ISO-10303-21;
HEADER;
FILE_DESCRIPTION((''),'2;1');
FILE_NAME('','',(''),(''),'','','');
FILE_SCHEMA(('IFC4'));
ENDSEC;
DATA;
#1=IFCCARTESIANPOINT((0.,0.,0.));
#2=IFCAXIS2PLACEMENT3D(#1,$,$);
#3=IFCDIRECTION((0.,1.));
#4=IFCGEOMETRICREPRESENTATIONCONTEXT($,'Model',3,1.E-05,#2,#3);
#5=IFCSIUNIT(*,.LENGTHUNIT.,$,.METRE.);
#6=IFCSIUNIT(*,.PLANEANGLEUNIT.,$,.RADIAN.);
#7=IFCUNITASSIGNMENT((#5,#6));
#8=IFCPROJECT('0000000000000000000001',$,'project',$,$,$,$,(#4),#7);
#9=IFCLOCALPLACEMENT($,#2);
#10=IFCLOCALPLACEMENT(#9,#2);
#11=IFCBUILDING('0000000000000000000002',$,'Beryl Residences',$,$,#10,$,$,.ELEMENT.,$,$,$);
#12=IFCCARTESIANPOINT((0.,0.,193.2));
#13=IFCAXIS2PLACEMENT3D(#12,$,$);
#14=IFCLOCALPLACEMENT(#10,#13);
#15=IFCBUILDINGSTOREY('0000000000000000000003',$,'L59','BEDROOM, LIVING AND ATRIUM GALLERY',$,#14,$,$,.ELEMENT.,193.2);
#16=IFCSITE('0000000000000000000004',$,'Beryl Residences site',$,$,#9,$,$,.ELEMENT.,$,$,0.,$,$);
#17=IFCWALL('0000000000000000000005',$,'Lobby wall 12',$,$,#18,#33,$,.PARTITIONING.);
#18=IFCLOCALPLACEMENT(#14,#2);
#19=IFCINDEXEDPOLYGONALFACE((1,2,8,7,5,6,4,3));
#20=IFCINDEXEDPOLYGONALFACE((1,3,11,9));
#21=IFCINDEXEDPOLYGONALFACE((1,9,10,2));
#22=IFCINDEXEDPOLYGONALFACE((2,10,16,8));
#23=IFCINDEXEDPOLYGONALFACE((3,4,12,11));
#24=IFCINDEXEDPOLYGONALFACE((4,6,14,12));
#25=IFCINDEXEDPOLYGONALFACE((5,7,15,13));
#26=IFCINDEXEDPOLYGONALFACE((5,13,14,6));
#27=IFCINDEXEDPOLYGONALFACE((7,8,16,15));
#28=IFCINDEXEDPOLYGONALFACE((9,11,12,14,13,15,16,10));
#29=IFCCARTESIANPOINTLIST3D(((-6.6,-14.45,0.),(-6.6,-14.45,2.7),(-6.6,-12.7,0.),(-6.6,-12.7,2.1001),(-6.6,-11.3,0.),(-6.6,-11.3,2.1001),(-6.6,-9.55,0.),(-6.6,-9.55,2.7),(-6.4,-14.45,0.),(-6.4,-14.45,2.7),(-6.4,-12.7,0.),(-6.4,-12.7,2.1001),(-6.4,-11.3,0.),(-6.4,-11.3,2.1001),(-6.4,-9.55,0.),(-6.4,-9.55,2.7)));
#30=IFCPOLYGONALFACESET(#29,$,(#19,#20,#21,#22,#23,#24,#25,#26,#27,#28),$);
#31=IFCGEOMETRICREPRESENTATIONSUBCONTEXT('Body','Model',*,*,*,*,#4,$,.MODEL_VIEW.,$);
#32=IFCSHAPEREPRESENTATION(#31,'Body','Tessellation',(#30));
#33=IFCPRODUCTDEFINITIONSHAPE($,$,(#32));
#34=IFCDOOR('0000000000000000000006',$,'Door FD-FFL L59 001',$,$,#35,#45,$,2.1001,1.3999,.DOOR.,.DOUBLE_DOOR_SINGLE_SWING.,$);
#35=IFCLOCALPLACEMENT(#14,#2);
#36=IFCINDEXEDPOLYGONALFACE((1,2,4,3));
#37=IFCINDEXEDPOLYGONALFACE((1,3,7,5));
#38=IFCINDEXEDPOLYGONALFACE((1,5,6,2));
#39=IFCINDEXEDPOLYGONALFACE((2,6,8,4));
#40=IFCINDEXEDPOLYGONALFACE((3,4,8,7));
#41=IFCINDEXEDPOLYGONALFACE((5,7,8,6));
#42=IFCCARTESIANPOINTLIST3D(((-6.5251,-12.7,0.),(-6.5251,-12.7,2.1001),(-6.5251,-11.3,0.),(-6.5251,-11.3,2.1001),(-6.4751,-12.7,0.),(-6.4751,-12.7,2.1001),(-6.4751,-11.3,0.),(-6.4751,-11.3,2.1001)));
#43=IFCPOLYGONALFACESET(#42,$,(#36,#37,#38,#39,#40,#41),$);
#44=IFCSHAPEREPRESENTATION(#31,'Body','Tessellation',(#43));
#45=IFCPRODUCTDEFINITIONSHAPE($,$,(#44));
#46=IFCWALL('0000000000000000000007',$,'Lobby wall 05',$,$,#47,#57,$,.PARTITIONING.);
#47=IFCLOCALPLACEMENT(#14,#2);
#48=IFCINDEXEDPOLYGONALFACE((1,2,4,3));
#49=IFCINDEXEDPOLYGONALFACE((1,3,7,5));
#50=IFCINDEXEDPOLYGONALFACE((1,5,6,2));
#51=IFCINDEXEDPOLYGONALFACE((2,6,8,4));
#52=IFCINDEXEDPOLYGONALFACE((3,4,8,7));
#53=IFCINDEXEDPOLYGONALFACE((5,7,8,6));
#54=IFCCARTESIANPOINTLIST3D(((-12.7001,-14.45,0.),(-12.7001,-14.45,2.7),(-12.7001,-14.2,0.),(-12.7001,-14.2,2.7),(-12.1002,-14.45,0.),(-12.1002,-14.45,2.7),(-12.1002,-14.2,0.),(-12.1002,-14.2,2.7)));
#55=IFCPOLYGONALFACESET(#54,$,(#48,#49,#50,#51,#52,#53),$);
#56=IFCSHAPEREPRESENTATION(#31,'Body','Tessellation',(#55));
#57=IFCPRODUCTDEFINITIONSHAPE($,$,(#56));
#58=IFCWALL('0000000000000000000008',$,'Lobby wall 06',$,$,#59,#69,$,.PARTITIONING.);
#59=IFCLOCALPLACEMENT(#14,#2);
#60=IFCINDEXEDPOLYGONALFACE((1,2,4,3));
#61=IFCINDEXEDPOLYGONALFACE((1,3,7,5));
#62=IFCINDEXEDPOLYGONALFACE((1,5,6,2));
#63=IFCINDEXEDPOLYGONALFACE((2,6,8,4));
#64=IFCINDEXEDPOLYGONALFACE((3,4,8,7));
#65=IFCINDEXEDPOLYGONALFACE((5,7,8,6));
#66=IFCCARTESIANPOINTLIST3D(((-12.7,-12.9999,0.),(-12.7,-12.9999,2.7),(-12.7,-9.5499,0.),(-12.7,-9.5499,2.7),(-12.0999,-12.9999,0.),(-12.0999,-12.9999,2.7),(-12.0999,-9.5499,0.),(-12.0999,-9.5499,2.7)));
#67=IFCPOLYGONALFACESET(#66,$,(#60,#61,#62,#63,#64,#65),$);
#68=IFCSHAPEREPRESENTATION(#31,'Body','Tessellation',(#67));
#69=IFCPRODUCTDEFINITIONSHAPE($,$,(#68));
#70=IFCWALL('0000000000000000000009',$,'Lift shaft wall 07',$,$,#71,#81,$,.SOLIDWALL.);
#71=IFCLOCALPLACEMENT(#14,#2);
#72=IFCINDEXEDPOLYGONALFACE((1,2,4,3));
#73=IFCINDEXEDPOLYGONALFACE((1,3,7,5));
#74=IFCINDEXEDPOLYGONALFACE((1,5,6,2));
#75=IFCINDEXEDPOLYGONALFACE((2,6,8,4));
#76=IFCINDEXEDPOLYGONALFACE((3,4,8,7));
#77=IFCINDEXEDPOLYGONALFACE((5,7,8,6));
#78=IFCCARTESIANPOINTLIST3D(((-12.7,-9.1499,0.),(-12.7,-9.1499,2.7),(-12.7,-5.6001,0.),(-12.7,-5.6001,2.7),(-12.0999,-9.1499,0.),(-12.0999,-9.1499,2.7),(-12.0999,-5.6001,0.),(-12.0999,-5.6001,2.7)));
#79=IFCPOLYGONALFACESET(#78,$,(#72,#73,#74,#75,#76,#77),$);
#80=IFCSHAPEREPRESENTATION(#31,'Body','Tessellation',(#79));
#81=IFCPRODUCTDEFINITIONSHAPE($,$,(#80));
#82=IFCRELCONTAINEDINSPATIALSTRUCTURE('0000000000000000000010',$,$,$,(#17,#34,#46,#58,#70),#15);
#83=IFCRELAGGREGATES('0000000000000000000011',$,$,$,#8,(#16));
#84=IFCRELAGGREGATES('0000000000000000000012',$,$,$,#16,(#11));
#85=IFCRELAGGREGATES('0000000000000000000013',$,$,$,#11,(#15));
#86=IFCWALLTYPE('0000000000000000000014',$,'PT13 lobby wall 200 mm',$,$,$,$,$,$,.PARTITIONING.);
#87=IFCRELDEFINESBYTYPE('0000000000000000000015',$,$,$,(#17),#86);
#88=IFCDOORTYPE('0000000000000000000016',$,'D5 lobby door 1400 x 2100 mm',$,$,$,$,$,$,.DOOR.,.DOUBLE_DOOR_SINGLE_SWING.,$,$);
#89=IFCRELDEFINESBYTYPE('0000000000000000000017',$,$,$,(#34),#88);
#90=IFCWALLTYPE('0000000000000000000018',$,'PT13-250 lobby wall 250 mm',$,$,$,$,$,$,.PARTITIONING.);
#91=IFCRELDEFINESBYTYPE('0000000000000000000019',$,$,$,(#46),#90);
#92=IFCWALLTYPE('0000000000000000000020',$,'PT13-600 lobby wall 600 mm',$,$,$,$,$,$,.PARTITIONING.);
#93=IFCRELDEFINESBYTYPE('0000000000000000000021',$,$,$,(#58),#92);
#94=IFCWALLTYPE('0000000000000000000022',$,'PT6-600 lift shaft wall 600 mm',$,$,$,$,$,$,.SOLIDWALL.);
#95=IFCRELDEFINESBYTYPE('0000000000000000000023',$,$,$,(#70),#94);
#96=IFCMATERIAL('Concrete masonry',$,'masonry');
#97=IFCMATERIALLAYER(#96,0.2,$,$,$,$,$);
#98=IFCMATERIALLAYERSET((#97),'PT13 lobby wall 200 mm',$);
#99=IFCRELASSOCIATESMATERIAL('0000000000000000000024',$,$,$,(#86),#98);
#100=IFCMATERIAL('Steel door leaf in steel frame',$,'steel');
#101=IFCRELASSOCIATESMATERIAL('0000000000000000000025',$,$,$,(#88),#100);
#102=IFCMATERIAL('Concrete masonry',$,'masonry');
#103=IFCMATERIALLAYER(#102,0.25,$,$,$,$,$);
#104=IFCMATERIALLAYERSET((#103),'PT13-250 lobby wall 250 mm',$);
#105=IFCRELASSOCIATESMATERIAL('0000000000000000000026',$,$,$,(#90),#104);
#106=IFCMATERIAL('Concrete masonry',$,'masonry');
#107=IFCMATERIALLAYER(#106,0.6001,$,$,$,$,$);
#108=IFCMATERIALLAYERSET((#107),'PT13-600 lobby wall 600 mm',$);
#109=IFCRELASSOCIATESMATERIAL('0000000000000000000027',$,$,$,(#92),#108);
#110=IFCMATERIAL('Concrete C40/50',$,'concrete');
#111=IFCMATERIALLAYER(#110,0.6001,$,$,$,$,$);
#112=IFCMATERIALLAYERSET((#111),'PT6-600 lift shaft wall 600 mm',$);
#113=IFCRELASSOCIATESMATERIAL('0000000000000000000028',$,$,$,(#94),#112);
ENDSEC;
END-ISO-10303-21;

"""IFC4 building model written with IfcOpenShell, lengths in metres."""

from ifc_helpers import new_model, si_unit, direction, frame, frame_2d, origin, place, context, subcontext, project, spatial, rectangle, extrude, material, layer, layer_set, type_object, element, fill, save


model = new_model("IFC4")

# Units and contexts
model_context = context("Model", 3, precision=1e-05, world=origin(), true_north=direction((0.0, 1.0)))
body_context = subcontext(model_context, "Body", "Model", "MODEL_VIEW")
ifc_project = project(units=[si_unit("LENGTHUNIT", "METRE"), si_unit("PLANEANGLEUNIT", "RADIAN")], contexts=[model_context])

# Site, building, storey
site_placement = place(None, origin())
site = spatial("IfcSite", under=ifc_project, at=site_placement, Name="Beryl Residences site", CompositionType="ELEMENT", RefElevation=0.0)
building_placement = place(site_placement, origin())
building = spatial("IfcBuilding", under=site, at=building_placement, Name="Beryl Residences", CompositionType="ELEMENT")
storey_placement = place(building_placement, frame((0.0, 0.0, 193.2)))
storey = spatial("IfcBuildingStorey", under=building, at=storey_placement, Name="L59", Description="BEDROOM, LIVING AND ATRIUM GALLERY", CompositionType="ELEMENT", Elevation=193.2)

# Wall, opening, door
ifc_material_1 = material(Name="Concrete masonry", Category="masonry")
ifc_layer_1 = layer(ifc_material_1, 0.2)
ifc_layer_set_1 = layer_set([ifc_layer_1], Name="PT13 lobby wall 200 mm")
wall_type_1 = type_object("IfcWallType", Name="PT13 lobby wall 200 mm", PredefinedType="PARTITIONING", material=ifc_layer_set_1)
wall_1_placement = place(storey_placement, frame((-6.5, -14.45, 0.0), z_axis=(0.0, 0.0, 1.0), x_axis=(0.0, 1.0, 0.0)))
wall_1 = element("IfcWall", 1, at=wall_1_placement, inside=storey, type_object=wall_type_1, Name="Lobby wall 12", PredefinedType="PARTITIONING", context=body_context, shape_type="SweptSolid", body=[
    extrude(rectangle(XDim=4.8999, YDim=0.2, at=frame_2d((2.45, 0.0))), origin(), (0.0, 0.0, 1.0), 2.7),
])
opening_1_placement = place(wall_1_placement, frame((3.1499, 0.0, 0.0), z_axis=(0.0, 0.0, 1.0), x_axis=(-1.0, 0.0, 0.0)))
opening_1 = element("IfcOpeningElement", 2, at=opening_1_placement, cuts=wall_1, PredefinedType="OPENING", context=body_context, shape_type="SweptSolid", body=[
    extrude(rectangle(XDim=1.3999, YDim=2.1001, at=frame_2d((0.7, 1.05))), frame((0.0, 0.1099, 0.0), z_axis=(0.0, -1.0, 0.0), x_axis=(1.0, 0.0, 0.0)), (0.0, 0.0, 1.0), 0.22),
])
ifc_material_2 = material(Name="Steel door leaf in steel frame", Category="steel")
door_type_1 = type_object("IfcDoorType", Name="D5 lobby door 1400 x 2100 mm", OperationType="DOUBLE_DOOR_SINGLE_SWING", PredefinedType="DOOR", material=ifc_material_2)
door_1_placement = place(opening_1_placement, origin())
door_1 = element("IfcDoor", 3, at=door_1_placement, inside=storey, type_object=door_type_1, Name="Door FD-FFL L59 001", OperationType="DOUBLE_DOOR_SINGLE_SWING", OverallHeight=2.1001, OverallWidth=1.3999, PredefinedType="DOOR", context=body_context, shape_type="SweptSolid", body=[
    extrude(rectangle(XDim=1.3999, YDim=2.1001, at=frame_2d((0.7, 1.05))), frame((0.0, 0.0249, 0.0), z_axis=(0.0, -1.0, 0.0), x_axis=(1.0, 0.0, 0.0)), (0.0, 0.0, 1.0), 0.05),
])
fill(opening_1, door_1)

# Walls
ifc_material_3 = material(Name="Concrete masonry", Category="masonry")
ifc_layer_2 = layer(ifc_material_3, 0.25)
ifc_layer_set_2 = layer_set([ifc_layer_2], Name="PT13-250 lobby wall 250 mm")
wall_type_2 = type_object("IfcWallType", Name="PT13-250 lobby wall 250 mm", PredefinedType="PARTITIONING", material=ifc_layer_set_2)
wall_2_placement = place(storey_placement, frame((-12.7, -14.325, 0.0), z_axis=(0.0, 0.0, 1.0), x_axis=(1.0, 0.0, 0.0)))
element("IfcWall", 4, at=wall_2_placement, inside=storey, type_object=wall_type_2, Name="Lobby wall 05", PredefinedType="PARTITIONING", context=body_context, shape_type="SweptSolid", body=[
    extrude(rectangle(XDim=0.5999, YDim=0.25, at=frame_2d((0.2998, 0.0))), origin(), (0.0, 0.0, 1.0), 2.7),
])
ifc_material_4 = material(Name="Concrete masonry", Category="masonry")
ifc_layer_3 = layer(ifc_material_4, 0.6001)
ifc_layer_set_3 = layer_set([ifc_layer_3], Name="PT13-600 lobby wall 600 mm")
wall_type_3 = type_object("IfcWallType", Name="PT13-600 lobby wall 600 mm", PredefinedType="PARTITIONING", material=ifc_layer_set_3)
wall_3_placement = place(storey_placement, frame((-12.3999, -13.0, 0.0), z_axis=(0.0, 0.0, 1.0), x_axis=(0.0, 1.0, 0.0)))
element("IfcWall", 5, at=wall_3_placement, inside=storey, type_object=wall_type_3, Name="Lobby wall 06", PredefinedType="PARTITIONING", context=body_context, shape_type="SweptSolid", body=[
    extrude(rectangle(XDim=3.45, YDim=0.6001, at=frame_2d((1.7251, 0.0))), origin(), (0.0, 0.0, 1.0), 2.7),
])
ifc_material_5 = material(Name="Concrete C40/50", Category="concrete")
ifc_layer_4 = layer(ifc_material_5, 0.6001)
ifc_layer_set_4 = layer_set([ifc_layer_4], Name="PT6-600 lift shaft wall 600 mm")
wall_type_4 = type_object("IfcWallType", Name="PT6-600 lift shaft wall 600 mm", PredefinedType="SOLIDWALL", material=ifc_layer_set_4)
wall_4_placement = place(storey_placement, frame((-12.3999, -9.1499, 0.0), z_axis=(0.0, 0.0, 1.0), x_axis=(0.0, 1.0, 0.0)))
element("IfcWall", 6, at=wall_4_placement, inside=storey, type_object=wall_type_4, Name="Lift shaft wall 07", PredefinedType="SOLIDWALL", context=body_context, shape_type="SweptSolid", body=[
    extrude(rectangle(XDim=3.5498, YDim=0.6001, at=frame_2d((1.7749, 0.0))), origin(), (0.0, 0.0, 1.0), 2.7),
])

save(model, "model.ifc")
